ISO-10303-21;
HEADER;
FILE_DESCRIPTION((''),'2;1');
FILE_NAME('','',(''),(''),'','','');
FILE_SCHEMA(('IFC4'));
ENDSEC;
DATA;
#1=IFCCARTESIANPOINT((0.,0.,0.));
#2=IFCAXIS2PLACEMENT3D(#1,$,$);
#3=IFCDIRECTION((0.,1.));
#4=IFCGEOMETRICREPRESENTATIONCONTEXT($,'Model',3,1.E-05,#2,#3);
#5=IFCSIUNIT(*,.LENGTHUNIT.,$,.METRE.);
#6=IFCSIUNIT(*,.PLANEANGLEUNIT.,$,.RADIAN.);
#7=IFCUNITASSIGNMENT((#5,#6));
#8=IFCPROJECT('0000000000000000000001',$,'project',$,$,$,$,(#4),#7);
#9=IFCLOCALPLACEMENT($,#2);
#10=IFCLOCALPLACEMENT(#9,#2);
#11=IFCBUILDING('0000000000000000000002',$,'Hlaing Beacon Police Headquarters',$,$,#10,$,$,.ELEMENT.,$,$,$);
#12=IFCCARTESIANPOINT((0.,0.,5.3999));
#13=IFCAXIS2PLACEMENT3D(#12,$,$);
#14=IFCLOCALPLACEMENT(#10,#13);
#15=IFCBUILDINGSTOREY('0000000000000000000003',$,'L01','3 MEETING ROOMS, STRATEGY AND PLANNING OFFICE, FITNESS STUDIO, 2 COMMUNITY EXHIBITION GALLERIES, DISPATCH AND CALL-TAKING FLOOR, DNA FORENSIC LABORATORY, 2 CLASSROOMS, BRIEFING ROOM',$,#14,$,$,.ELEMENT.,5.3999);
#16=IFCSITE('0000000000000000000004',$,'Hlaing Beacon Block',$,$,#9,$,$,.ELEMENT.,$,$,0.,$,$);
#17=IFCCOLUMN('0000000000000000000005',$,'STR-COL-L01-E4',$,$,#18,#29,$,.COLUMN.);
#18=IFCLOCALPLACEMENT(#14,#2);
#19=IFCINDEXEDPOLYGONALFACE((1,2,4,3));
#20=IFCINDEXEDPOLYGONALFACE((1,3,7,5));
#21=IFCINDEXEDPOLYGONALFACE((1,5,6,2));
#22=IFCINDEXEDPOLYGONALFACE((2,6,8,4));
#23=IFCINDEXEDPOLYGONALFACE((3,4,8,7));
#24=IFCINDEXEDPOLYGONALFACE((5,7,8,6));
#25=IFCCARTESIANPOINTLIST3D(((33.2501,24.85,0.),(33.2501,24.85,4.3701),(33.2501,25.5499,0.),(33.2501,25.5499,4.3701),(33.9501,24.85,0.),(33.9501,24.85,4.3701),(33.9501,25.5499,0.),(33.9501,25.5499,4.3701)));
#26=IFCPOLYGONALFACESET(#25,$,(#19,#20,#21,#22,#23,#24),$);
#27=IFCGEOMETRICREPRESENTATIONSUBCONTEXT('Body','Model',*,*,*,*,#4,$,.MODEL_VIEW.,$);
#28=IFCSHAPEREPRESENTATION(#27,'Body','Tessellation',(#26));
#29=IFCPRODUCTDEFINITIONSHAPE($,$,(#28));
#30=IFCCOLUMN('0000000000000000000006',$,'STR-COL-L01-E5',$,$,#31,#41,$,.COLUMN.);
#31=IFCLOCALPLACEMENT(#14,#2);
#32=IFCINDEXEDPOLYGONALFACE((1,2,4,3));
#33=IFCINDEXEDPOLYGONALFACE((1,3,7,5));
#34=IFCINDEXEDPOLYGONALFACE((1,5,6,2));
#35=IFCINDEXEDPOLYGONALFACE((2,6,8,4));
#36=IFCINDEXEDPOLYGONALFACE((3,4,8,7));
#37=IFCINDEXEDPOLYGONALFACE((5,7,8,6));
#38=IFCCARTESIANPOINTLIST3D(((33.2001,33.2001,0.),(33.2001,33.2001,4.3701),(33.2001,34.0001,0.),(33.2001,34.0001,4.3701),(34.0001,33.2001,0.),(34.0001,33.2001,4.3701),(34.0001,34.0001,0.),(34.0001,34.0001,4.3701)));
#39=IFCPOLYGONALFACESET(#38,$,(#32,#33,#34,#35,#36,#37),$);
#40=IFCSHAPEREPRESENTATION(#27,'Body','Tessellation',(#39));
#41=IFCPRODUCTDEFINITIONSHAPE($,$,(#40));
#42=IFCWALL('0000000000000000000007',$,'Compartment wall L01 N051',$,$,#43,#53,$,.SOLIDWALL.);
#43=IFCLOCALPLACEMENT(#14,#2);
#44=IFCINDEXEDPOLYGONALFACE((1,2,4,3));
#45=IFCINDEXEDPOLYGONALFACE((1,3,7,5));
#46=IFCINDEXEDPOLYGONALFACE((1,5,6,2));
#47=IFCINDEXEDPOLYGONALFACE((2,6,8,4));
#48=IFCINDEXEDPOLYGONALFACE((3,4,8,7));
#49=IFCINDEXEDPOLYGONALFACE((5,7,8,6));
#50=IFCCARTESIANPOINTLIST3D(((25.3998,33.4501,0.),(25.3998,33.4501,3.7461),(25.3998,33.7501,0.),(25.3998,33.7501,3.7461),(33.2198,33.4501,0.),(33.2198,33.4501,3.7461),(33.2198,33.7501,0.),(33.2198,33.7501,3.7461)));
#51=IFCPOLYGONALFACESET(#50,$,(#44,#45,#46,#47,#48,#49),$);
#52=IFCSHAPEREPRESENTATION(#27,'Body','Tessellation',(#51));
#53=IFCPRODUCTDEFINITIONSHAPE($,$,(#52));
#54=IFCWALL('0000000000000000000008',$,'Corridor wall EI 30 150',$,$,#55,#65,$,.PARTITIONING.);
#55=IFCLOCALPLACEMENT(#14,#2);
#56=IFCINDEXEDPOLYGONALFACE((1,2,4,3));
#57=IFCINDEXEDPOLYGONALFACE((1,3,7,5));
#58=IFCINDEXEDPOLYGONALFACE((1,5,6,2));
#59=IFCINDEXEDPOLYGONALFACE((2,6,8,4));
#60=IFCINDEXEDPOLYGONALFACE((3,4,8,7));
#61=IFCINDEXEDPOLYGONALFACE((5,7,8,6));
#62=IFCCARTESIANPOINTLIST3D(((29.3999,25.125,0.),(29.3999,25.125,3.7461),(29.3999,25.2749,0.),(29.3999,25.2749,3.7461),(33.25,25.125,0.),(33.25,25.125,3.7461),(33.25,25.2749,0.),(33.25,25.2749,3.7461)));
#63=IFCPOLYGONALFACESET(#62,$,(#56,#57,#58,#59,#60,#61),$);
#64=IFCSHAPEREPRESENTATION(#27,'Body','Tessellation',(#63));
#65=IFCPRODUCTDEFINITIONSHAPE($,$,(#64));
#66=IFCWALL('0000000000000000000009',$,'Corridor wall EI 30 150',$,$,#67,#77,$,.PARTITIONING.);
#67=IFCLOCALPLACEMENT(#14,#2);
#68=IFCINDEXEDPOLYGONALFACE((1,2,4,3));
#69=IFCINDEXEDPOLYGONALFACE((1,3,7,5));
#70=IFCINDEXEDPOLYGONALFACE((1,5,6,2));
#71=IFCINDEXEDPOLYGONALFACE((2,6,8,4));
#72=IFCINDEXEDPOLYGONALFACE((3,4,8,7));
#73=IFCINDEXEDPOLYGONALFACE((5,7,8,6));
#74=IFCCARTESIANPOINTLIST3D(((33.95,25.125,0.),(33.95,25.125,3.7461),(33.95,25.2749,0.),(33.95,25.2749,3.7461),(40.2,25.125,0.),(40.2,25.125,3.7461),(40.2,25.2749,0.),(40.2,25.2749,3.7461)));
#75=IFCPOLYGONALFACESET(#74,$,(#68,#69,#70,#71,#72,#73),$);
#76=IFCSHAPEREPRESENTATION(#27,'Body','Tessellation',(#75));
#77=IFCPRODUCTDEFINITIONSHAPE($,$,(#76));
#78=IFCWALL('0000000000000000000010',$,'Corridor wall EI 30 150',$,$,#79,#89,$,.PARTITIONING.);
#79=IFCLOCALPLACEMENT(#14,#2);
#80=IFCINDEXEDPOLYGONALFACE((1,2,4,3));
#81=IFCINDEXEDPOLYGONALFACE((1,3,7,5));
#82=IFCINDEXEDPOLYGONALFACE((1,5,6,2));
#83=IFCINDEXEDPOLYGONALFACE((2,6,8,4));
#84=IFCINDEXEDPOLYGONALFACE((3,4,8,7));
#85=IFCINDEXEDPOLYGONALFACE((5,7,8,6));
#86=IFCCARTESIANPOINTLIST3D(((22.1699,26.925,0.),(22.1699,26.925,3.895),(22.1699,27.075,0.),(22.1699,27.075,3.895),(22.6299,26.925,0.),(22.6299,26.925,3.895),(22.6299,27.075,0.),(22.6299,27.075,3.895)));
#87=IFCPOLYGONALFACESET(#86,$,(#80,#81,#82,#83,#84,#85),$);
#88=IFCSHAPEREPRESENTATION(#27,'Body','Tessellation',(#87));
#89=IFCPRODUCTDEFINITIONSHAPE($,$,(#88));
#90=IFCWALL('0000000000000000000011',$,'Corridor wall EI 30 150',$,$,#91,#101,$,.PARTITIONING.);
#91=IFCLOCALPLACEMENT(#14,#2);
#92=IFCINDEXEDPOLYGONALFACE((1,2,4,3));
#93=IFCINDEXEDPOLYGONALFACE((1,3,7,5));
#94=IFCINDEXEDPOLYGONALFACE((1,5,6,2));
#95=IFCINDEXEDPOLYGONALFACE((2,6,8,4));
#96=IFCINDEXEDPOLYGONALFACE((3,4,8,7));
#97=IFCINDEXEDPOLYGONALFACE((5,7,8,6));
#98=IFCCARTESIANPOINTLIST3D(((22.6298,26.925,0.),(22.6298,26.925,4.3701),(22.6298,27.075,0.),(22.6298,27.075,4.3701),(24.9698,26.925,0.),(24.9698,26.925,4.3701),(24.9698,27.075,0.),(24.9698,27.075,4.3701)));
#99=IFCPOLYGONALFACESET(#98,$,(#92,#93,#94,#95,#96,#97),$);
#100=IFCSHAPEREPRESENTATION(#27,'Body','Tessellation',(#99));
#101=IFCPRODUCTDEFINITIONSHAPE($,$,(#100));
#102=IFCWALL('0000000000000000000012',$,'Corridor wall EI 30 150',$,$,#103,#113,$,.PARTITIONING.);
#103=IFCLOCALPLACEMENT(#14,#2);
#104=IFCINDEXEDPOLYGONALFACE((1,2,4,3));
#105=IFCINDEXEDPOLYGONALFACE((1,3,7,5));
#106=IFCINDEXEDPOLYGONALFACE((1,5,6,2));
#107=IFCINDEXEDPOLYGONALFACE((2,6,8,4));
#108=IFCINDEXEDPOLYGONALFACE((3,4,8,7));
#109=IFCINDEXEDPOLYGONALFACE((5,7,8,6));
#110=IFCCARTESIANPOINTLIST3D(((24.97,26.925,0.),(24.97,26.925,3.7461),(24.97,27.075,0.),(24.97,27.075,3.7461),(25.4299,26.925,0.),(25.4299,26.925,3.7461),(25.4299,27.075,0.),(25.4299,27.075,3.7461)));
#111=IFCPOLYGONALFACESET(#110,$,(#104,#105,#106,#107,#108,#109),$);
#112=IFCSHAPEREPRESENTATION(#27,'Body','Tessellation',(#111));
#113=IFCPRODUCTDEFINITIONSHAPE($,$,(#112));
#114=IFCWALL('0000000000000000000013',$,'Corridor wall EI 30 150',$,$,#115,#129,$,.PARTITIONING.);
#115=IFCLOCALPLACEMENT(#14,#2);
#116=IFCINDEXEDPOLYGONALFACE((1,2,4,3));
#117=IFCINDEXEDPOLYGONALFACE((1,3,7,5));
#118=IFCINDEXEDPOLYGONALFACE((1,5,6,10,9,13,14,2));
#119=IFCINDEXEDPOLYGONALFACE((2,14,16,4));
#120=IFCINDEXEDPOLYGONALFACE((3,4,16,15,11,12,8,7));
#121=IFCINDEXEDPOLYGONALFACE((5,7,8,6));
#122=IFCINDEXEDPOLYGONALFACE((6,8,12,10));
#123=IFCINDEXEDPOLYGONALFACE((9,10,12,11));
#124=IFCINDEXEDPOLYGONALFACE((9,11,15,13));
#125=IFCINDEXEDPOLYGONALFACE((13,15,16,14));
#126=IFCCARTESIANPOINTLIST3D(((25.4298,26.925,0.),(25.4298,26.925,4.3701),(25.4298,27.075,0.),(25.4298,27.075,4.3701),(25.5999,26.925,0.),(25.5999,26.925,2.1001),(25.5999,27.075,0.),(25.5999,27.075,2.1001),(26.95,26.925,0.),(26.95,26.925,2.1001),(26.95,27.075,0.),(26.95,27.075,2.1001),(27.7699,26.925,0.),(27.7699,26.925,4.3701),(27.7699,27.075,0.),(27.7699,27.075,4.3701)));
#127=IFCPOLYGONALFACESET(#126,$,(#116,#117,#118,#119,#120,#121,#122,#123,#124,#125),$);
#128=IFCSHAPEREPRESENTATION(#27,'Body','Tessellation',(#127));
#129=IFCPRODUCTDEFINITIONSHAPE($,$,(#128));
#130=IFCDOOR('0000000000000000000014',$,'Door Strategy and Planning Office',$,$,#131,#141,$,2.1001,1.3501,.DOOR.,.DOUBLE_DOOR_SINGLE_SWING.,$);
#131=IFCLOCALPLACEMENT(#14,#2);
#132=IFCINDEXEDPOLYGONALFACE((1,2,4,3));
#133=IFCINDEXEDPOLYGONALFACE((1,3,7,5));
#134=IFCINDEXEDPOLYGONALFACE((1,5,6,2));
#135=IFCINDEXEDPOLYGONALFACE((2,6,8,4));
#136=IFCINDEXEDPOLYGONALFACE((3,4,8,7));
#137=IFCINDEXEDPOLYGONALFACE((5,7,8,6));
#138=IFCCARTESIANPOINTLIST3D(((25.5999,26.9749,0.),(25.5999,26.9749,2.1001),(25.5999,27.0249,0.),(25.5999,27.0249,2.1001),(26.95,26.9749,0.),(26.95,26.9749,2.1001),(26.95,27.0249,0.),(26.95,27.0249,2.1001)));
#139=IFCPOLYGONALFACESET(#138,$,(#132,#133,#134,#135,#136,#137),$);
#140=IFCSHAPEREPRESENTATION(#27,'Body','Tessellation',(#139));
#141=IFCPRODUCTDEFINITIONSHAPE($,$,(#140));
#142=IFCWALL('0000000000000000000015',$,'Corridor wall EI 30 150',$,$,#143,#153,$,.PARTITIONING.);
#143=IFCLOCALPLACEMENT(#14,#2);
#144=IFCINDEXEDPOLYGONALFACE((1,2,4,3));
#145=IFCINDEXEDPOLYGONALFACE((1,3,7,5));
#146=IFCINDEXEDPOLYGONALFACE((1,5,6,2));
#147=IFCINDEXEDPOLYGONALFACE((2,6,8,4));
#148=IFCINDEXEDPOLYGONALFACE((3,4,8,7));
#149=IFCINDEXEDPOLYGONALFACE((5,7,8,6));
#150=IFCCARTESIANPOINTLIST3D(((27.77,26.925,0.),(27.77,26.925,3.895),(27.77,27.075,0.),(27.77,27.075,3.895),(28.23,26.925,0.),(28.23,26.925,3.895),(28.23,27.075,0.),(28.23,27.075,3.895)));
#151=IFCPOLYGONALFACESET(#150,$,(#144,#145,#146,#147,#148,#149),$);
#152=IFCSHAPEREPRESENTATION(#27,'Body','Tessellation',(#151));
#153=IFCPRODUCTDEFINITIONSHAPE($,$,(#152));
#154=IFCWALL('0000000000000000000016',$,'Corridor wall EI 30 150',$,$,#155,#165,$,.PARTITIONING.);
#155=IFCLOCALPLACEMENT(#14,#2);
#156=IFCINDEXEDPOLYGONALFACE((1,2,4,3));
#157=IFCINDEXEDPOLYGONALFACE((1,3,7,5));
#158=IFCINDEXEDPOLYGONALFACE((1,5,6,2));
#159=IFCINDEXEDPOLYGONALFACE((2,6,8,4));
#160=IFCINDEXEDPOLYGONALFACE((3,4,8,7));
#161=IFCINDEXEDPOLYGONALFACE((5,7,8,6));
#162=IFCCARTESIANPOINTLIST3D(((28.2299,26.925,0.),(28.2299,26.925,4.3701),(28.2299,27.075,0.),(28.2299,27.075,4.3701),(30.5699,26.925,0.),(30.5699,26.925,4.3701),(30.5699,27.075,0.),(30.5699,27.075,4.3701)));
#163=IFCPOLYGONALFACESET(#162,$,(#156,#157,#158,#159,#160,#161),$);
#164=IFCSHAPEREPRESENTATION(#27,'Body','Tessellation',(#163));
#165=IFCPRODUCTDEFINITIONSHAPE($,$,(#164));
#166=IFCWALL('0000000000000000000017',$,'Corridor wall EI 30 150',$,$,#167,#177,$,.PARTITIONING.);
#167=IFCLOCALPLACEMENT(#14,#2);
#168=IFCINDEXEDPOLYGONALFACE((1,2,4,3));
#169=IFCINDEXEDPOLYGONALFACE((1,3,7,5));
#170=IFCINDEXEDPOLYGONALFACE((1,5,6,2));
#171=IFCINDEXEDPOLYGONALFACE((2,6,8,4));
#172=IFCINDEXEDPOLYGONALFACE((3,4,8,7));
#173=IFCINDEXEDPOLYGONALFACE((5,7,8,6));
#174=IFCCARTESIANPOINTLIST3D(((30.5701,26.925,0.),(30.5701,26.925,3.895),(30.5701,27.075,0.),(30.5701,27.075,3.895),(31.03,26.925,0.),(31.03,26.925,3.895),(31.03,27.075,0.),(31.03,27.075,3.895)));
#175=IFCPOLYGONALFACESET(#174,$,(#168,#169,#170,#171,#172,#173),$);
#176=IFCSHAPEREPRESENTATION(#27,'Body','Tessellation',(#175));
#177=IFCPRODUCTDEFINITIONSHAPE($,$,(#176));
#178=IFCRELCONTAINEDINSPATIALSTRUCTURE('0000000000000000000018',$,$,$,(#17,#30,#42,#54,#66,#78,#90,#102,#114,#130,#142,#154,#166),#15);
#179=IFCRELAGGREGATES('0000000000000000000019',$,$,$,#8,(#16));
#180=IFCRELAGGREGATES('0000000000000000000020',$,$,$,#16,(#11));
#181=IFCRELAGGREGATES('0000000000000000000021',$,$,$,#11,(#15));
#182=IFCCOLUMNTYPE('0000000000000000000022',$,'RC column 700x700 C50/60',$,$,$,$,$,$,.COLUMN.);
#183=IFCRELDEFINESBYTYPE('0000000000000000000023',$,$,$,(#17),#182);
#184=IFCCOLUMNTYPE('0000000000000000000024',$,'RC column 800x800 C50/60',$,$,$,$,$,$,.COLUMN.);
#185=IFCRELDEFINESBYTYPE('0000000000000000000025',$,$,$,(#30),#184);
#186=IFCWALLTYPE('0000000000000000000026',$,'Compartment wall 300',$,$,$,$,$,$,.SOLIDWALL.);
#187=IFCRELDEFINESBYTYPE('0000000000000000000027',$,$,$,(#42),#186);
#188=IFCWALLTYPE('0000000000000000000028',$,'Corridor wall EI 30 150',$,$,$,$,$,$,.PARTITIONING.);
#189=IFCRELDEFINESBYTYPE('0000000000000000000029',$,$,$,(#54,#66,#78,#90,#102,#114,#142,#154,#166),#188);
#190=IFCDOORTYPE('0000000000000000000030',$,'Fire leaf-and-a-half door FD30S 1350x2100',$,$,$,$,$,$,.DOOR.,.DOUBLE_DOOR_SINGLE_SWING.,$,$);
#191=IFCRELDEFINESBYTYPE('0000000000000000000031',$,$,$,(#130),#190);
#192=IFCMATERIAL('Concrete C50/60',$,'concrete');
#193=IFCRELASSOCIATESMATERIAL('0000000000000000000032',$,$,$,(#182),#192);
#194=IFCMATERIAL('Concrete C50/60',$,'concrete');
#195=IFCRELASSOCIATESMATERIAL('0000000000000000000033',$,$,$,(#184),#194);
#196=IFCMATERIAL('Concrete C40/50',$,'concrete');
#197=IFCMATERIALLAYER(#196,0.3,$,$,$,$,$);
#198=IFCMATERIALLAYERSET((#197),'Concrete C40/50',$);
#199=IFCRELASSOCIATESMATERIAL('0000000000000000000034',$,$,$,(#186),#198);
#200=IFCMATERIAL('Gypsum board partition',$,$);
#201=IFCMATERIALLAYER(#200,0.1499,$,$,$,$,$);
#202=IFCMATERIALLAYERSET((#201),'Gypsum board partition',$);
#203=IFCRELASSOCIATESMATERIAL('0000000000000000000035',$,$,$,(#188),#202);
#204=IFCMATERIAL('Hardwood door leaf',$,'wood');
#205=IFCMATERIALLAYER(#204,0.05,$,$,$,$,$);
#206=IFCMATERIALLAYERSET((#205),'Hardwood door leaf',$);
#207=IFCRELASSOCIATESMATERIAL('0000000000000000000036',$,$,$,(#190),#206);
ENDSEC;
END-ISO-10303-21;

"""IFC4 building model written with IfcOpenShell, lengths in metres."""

from ifc_helpers import new_model, si_unit, direction, frame, frame_2d, origin, origin_2d, place, context, subcontext, project, spatial, rectangle, extrude, material, layer, layer_set, material_profile, profile_set, type_object, element, fill, save


model = new_model("IFC4")

# Units and contexts
model_context = context("Model", 3, precision=1e-05, world=origin(), true_north=direction((0.0, 1.0)))
body_context = subcontext(model_context, "Body", "Model", "MODEL_VIEW")
ifc_project = project(units=[si_unit("LENGTHUNIT", "METRE"), si_unit("PLANEANGLEUNIT", "RADIAN")], contexts=[model_context])

# Site, building, storey
site_placement = place(None, origin())
site = spatial("IfcSite", under=ifc_project, at=site_placement, Name="Hlaing Beacon Block", CompositionType="ELEMENT", RefElevation=0.0)
building_placement = place(site_placement, origin())
building = spatial("IfcBuilding", under=site, at=building_placement, Name="Hlaing Beacon Police Headquarters", CompositionType="ELEMENT")
storey_placement = place(building_placement, frame((0.0, 0.0, 5.3999)))
storey = spatial("IfcBuildingStorey", under=building, at=storey_placement, Name="L01", Description="3 MEETING ROOMS, STRATEGY AND PLANNING OFFICE, FITNESS STUDIO, 2 COMMUNITY EXHIBITION GALLERIES, DISPATCH AND CALL-TAKING FLOOR, DNA FORENSIC LABORATORY, 2 CLASSROOMS, BRIEFING ROOM", CompositionType="ELEMENT", Elevation=5.3999)

# Columns
ifc_material_1 = material(Name="Concrete C50/60", Category="concrete")
ifc_material_profile_1 = material_profile(ifc_material_1, rectangle(XDim=0.7, YDim=0.7, at=origin_2d()), Name="700x700")
ifc_profile_set_1 = profile_set([ifc_material_profile_1], Name="Concrete C50/60")
column_type_1 = type_object("IfcColumnType", Name="RC column 700x700 C50/60", PredefinedType="COLUMN", material=ifc_profile_set_1)
column_1_placement = place(storey_placement, frame((33.6001, 25.2, 0.0), z_axis=(0.0, 0.0, 1.0), x_axis=(1.0, 0.0, 0.0)))
element("IfcColumn", 1, at=column_1_placement, inside=storey, type_object=column_type_1, Name="STR-COL-L01-E4", PredefinedType="COLUMN", context=body_context, shape_type="SweptSolid", body=[
    extrude(rectangle(XDim=0.7, YDim=0.7, at=origin_2d()), origin(), (0.0, 0.0, 1.0), 4.3701),
])
ifc_material_2 = material(Name="Concrete C50/60", Category="concrete")
ifc_material_profile_2 = material_profile(ifc_material_2, rectangle(XDim=0.8, YDim=0.8, at=origin_2d()), Name="800x800")
ifc_profile_set_2 = profile_set([ifc_material_profile_2], Name="Concrete C50/60")
column_type_2 = type_object("IfcColumnType", Name="RC column 800x800 C50/60", PredefinedType="COLUMN", material=ifc_profile_set_2)
column_2_placement = place(storey_placement, frame((33.6001, 33.6001, 0.0), z_axis=(0.0, 0.0, 1.0), x_axis=(1.0, 0.0, 0.0)))
element("IfcColumn", 2, at=column_2_placement, inside=storey, type_object=column_type_2, Name="STR-COL-L01-E5", PredefinedType="COLUMN", context=body_context, shape_type="SweptSolid", body=[
    extrude(rectangle(XDim=0.8, YDim=0.8, at=origin_2d()), origin(), (0.0, 0.0, 1.0), 4.3701),
])

# Walls
ifc_material_3 = material(Name="Concrete C40/50", Category="concrete")
ifc_layer_1 = layer(ifc_material_3, 0.3)
ifc_layer_set_1 = layer_set([ifc_layer_1], Name="Concrete C40/50")
wall_type_1 = type_object("IfcWallType", Name="Compartment wall 300", PredefinedType="SOLIDWALL", material=ifc_layer_set_1)
wall_1_placement = place(storey_placement, frame((33.22, 33.6001, 0.0), z_axis=(0.0, 0.0, 1.0), x_axis=(-1.0, 0.0, 0.0)))
element("IfcWall", 3, at=wall_1_placement, inside=storey, type_object=wall_type_1, Name="Compartment wall L01 N051", PredefinedType="SOLIDWALL", context=body_context, shape_type="SweptSolid", body=[
    extrude(rectangle(XDim=7.8201, YDim=0.3, at=frame_2d((3.9102, 0.0))), origin(), (0.0, 0.0, 1.0), 3.7461),
])
ifc_material_4 = material(Name="Gypsum board partition")
ifc_layer_2 = layer(ifc_material_4, 0.1499)
ifc_layer_set_2 = layer_set([ifc_layer_2], Name="Gypsum board partition")
wall_type_2 = type_object("IfcWallType", Name="Corridor wall EI 30 150", PredefinedType="PARTITIONING", material=ifc_layer_set_2)
wall_2_placement = place(storey_placement, frame((29.3999, 25.2, 0.0), z_axis=(0.0, 0.0, 1.0), x_axis=(1.0, 0.0, 0.0)))
element("IfcWall", 4, at=wall_2_placement, inside=storey, type_object=wall_type_2, Name="Corridor wall EI 30 150", PredefinedType="PARTITIONING", context=body_context, shape_type="SweptSolid", body=[
    extrude(rectangle(XDim=3.8501, YDim=0.1499, at=frame_2d((1.925, 0.0))), origin(), (0.0, 0.0, 1.0), 3.7461),
])
wall_3_placement = place(storey_placement, frame((33.95, 25.2, 0.0), z_axis=(0.0, 0.0, 1.0), x_axis=(1.0, 0.0, 0.0)))
element("IfcWall", 5, at=wall_3_placement, inside=storey, type_object=wall_type_2, Name="Corridor wall EI 30 150", PredefinedType="PARTITIONING", context=body_context, shape_type="SweptSolid", body=[
    extrude(rectangle(XDim=6.25, YDim=0.1499, at=frame_2d((3.125, 0.0))), origin(), (0.0, 0.0, 1.0), 3.7461),
])
wall_4_placement = place(storey_placement, frame((22.1699, 27.0, 0.0), z_axis=(0.0, 0.0, 1.0), x_axis=(1.0, 0.0, 0.0)))
element("IfcWall", 6, at=wall_4_placement, inside=storey, type_object=wall_type_2, Name="Corridor wall EI 30 150", PredefinedType="PARTITIONING", context=body_context, shape_type="SweptSolid", body=[
    extrude(rectangle(XDim=0.46, YDim=0.1499, at=frame_2d((0.23, 0.0))), origin(), (0.0, 0.0, 1.0), 3.895),
])
wall_5_placement = place(storey_placement, frame((22.6299, 27.0, 0.0), z_axis=(0.0, 0.0, 1.0), x_axis=(1.0, 0.0, 0.0)))
element("IfcWall", 7, at=wall_5_placement, inside=storey, type_object=wall_type_2, Name="Corridor wall EI 30 150", PredefinedType="PARTITIONING", context=body_context, shape_type="SweptSolid", body=[
    extrude(rectangle(XDim=2.3401, YDim=0.1499, at=frame_2d((1.1699, 0.0))), origin(), (0.0, 0.0, 1.0), 4.3701),
])
wall_6_placement = place(storey_placement, frame((24.97, 27.0, 0.0), z_axis=(0.0, 0.0, 1.0), x_axis=(1.0, 0.0, 0.0)))
element("IfcWall", 8, at=wall_6_placement, inside=storey, type_object=wall_type_2, Name="Corridor wall EI 30 150", PredefinedType="PARTITIONING", context=body_context, shape_type="SweptSolid", body=[
    extrude(rectangle(XDim=0.46, YDim=0.1499, at=frame_2d((0.23, 0.0))), origin(), (0.0, 0.0, 1.0), 3.7461),
])

# Wall, opening, door
wall_7_placement = place(storey_placement, frame((25.4299, 27.0, 0.0), z_axis=(0.0, 0.0, 1.0), x_axis=(1.0, 0.0, 0.0)))
wall_7 = element("IfcWall", 9, at=wall_7_placement, inside=storey, type_object=wall_type_2, Name="Corridor wall EI 30 150", PredefinedType="PARTITIONING", context=body_context, shape_type="SweptSolid", body=[
    extrude(rectangle(XDim=2.3401, YDim=0.1499, at=frame_2d((1.1699, 0.0))), origin(), (0.0, 0.0, 1.0), 4.3701),
])
opening_placement = place(wall_7_placement, frame((0.1699, 0.0, 0.0)))
opening = element("IfcOpeningElement", 10, at=opening_placement, cuts=wall_7, PredefinedType="OPENING", context=body_context, shape_type="SweptSolid", body=[
    extrude(rectangle(XDim=1.3501, YDim=2.1001, at=frame_2d((0.675, 1.05))), frame((0.0, 0.085, 0.0), z_axis=(0.0, -1.0, 0.0), x_axis=(1.0, 0.0, 0.0)), (0.0, 0.0, 1.0), 0.1699),
])
ifc_material_5 = material(Name="Hardwood door leaf", Category="wood")
ifc_layer_3 = layer(ifc_material_5, 0.05)
ifc_layer_set_3 = layer_set([ifc_layer_3], Name="Hardwood door leaf")
door_type = type_object("IfcDoorType", Name="Fire leaf-and-a-half door FD30S 1350x2100", OperationType="DOUBLE_DOOR_SINGLE_SWING", PredefinedType="DOOR", material=ifc_layer_set_3)
door_placement = place(opening_placement, origin())
door = element("IfcDoor", 11, at=door_placement, inside=storey, type_object=door_type, Name="Door Strategy and Planning Office", OperationType="DOUBLE_DOOR_SINGLE_SWING", OverallHeight=2.1001, OverallWidth=1.3501, PredefinedType="DOOR", context=body_context, shape_type="SweptSolid", body=[
    extrude(rectangle(XDim=1.3501, YDim=2.1001, at=frame_2d((0.675, 1.05))), frame((0.0, 0.0249, 0.0), z_axis=(0.0, -1.0, 0.0), x_axis=(1.0, 0.0, 0.0)), (0.0, 0.0, 1.0), 0.05),
])
fill(opening, door)

# Walls
wall_8_placement = place(storey_placement, frame((27.77, 27.0, 0.0), z_axis=(0.0, 0.0, 1.0), x_axis=(1.0, 0.0, 0.0)))
element("IfcWall", 12, at=wall_8_placement, inside=storey, type_object=wall_type_2, Name="Corridor wall EI 30 150", PredefinedType="PARTITIONING", context=body_context, shape_type="SweptSolid", body=[
    extrude(rectangle(XDim=0.46, YDim=0.1499, at=frame_2d((0.23, 0.0))), origin(), (0.0, 0.0, 1.0), 3.895),
])
wall_9_placement = place(storey_placement, frame((28.23, 27.0, 0.0), z_axis=(0.0, 0.0, 1.0), x_axis=(1.0, 0.0, 0.0)))
element("IfcWall", 13, at=wall_9_placement, inside=storey, type_object=wall_type_2, Name="Corridor wall EI 30 150", PredefinedType="PARTITIONING", context=body_context, shape_type="SweptSolid", body=[
    extrude(rectangle(XDim=2.3401, YDim=0.1499, at=frame_2d((1.1699, 0.0))), origin(), (0.0, 0.0, 1.0), 4.3701),
])
wall_10_placement = place(storey_placement, frame((30.5701, 27.0, 0.0), z_axis=(0.0, 0.0, 1.0), x_axis=(1.0, 0.0, 0.0)))
element("IfcWall", 14, at=wall_10_placement, inside=storey, type_object=wall_type_2, Name="Corridor wall EI 30 150", PredefinedType="PARTITIONING", context=body_context, shape_type="SweptSolid", body=[
    extrude(rectangle(XDim=0.46, YDim=0.1499, at=frame_2d((0.23, 0.0))), origin(), (0.0, 0.0, 1.0), 3.895),
])

save(model, "model.ifc")
